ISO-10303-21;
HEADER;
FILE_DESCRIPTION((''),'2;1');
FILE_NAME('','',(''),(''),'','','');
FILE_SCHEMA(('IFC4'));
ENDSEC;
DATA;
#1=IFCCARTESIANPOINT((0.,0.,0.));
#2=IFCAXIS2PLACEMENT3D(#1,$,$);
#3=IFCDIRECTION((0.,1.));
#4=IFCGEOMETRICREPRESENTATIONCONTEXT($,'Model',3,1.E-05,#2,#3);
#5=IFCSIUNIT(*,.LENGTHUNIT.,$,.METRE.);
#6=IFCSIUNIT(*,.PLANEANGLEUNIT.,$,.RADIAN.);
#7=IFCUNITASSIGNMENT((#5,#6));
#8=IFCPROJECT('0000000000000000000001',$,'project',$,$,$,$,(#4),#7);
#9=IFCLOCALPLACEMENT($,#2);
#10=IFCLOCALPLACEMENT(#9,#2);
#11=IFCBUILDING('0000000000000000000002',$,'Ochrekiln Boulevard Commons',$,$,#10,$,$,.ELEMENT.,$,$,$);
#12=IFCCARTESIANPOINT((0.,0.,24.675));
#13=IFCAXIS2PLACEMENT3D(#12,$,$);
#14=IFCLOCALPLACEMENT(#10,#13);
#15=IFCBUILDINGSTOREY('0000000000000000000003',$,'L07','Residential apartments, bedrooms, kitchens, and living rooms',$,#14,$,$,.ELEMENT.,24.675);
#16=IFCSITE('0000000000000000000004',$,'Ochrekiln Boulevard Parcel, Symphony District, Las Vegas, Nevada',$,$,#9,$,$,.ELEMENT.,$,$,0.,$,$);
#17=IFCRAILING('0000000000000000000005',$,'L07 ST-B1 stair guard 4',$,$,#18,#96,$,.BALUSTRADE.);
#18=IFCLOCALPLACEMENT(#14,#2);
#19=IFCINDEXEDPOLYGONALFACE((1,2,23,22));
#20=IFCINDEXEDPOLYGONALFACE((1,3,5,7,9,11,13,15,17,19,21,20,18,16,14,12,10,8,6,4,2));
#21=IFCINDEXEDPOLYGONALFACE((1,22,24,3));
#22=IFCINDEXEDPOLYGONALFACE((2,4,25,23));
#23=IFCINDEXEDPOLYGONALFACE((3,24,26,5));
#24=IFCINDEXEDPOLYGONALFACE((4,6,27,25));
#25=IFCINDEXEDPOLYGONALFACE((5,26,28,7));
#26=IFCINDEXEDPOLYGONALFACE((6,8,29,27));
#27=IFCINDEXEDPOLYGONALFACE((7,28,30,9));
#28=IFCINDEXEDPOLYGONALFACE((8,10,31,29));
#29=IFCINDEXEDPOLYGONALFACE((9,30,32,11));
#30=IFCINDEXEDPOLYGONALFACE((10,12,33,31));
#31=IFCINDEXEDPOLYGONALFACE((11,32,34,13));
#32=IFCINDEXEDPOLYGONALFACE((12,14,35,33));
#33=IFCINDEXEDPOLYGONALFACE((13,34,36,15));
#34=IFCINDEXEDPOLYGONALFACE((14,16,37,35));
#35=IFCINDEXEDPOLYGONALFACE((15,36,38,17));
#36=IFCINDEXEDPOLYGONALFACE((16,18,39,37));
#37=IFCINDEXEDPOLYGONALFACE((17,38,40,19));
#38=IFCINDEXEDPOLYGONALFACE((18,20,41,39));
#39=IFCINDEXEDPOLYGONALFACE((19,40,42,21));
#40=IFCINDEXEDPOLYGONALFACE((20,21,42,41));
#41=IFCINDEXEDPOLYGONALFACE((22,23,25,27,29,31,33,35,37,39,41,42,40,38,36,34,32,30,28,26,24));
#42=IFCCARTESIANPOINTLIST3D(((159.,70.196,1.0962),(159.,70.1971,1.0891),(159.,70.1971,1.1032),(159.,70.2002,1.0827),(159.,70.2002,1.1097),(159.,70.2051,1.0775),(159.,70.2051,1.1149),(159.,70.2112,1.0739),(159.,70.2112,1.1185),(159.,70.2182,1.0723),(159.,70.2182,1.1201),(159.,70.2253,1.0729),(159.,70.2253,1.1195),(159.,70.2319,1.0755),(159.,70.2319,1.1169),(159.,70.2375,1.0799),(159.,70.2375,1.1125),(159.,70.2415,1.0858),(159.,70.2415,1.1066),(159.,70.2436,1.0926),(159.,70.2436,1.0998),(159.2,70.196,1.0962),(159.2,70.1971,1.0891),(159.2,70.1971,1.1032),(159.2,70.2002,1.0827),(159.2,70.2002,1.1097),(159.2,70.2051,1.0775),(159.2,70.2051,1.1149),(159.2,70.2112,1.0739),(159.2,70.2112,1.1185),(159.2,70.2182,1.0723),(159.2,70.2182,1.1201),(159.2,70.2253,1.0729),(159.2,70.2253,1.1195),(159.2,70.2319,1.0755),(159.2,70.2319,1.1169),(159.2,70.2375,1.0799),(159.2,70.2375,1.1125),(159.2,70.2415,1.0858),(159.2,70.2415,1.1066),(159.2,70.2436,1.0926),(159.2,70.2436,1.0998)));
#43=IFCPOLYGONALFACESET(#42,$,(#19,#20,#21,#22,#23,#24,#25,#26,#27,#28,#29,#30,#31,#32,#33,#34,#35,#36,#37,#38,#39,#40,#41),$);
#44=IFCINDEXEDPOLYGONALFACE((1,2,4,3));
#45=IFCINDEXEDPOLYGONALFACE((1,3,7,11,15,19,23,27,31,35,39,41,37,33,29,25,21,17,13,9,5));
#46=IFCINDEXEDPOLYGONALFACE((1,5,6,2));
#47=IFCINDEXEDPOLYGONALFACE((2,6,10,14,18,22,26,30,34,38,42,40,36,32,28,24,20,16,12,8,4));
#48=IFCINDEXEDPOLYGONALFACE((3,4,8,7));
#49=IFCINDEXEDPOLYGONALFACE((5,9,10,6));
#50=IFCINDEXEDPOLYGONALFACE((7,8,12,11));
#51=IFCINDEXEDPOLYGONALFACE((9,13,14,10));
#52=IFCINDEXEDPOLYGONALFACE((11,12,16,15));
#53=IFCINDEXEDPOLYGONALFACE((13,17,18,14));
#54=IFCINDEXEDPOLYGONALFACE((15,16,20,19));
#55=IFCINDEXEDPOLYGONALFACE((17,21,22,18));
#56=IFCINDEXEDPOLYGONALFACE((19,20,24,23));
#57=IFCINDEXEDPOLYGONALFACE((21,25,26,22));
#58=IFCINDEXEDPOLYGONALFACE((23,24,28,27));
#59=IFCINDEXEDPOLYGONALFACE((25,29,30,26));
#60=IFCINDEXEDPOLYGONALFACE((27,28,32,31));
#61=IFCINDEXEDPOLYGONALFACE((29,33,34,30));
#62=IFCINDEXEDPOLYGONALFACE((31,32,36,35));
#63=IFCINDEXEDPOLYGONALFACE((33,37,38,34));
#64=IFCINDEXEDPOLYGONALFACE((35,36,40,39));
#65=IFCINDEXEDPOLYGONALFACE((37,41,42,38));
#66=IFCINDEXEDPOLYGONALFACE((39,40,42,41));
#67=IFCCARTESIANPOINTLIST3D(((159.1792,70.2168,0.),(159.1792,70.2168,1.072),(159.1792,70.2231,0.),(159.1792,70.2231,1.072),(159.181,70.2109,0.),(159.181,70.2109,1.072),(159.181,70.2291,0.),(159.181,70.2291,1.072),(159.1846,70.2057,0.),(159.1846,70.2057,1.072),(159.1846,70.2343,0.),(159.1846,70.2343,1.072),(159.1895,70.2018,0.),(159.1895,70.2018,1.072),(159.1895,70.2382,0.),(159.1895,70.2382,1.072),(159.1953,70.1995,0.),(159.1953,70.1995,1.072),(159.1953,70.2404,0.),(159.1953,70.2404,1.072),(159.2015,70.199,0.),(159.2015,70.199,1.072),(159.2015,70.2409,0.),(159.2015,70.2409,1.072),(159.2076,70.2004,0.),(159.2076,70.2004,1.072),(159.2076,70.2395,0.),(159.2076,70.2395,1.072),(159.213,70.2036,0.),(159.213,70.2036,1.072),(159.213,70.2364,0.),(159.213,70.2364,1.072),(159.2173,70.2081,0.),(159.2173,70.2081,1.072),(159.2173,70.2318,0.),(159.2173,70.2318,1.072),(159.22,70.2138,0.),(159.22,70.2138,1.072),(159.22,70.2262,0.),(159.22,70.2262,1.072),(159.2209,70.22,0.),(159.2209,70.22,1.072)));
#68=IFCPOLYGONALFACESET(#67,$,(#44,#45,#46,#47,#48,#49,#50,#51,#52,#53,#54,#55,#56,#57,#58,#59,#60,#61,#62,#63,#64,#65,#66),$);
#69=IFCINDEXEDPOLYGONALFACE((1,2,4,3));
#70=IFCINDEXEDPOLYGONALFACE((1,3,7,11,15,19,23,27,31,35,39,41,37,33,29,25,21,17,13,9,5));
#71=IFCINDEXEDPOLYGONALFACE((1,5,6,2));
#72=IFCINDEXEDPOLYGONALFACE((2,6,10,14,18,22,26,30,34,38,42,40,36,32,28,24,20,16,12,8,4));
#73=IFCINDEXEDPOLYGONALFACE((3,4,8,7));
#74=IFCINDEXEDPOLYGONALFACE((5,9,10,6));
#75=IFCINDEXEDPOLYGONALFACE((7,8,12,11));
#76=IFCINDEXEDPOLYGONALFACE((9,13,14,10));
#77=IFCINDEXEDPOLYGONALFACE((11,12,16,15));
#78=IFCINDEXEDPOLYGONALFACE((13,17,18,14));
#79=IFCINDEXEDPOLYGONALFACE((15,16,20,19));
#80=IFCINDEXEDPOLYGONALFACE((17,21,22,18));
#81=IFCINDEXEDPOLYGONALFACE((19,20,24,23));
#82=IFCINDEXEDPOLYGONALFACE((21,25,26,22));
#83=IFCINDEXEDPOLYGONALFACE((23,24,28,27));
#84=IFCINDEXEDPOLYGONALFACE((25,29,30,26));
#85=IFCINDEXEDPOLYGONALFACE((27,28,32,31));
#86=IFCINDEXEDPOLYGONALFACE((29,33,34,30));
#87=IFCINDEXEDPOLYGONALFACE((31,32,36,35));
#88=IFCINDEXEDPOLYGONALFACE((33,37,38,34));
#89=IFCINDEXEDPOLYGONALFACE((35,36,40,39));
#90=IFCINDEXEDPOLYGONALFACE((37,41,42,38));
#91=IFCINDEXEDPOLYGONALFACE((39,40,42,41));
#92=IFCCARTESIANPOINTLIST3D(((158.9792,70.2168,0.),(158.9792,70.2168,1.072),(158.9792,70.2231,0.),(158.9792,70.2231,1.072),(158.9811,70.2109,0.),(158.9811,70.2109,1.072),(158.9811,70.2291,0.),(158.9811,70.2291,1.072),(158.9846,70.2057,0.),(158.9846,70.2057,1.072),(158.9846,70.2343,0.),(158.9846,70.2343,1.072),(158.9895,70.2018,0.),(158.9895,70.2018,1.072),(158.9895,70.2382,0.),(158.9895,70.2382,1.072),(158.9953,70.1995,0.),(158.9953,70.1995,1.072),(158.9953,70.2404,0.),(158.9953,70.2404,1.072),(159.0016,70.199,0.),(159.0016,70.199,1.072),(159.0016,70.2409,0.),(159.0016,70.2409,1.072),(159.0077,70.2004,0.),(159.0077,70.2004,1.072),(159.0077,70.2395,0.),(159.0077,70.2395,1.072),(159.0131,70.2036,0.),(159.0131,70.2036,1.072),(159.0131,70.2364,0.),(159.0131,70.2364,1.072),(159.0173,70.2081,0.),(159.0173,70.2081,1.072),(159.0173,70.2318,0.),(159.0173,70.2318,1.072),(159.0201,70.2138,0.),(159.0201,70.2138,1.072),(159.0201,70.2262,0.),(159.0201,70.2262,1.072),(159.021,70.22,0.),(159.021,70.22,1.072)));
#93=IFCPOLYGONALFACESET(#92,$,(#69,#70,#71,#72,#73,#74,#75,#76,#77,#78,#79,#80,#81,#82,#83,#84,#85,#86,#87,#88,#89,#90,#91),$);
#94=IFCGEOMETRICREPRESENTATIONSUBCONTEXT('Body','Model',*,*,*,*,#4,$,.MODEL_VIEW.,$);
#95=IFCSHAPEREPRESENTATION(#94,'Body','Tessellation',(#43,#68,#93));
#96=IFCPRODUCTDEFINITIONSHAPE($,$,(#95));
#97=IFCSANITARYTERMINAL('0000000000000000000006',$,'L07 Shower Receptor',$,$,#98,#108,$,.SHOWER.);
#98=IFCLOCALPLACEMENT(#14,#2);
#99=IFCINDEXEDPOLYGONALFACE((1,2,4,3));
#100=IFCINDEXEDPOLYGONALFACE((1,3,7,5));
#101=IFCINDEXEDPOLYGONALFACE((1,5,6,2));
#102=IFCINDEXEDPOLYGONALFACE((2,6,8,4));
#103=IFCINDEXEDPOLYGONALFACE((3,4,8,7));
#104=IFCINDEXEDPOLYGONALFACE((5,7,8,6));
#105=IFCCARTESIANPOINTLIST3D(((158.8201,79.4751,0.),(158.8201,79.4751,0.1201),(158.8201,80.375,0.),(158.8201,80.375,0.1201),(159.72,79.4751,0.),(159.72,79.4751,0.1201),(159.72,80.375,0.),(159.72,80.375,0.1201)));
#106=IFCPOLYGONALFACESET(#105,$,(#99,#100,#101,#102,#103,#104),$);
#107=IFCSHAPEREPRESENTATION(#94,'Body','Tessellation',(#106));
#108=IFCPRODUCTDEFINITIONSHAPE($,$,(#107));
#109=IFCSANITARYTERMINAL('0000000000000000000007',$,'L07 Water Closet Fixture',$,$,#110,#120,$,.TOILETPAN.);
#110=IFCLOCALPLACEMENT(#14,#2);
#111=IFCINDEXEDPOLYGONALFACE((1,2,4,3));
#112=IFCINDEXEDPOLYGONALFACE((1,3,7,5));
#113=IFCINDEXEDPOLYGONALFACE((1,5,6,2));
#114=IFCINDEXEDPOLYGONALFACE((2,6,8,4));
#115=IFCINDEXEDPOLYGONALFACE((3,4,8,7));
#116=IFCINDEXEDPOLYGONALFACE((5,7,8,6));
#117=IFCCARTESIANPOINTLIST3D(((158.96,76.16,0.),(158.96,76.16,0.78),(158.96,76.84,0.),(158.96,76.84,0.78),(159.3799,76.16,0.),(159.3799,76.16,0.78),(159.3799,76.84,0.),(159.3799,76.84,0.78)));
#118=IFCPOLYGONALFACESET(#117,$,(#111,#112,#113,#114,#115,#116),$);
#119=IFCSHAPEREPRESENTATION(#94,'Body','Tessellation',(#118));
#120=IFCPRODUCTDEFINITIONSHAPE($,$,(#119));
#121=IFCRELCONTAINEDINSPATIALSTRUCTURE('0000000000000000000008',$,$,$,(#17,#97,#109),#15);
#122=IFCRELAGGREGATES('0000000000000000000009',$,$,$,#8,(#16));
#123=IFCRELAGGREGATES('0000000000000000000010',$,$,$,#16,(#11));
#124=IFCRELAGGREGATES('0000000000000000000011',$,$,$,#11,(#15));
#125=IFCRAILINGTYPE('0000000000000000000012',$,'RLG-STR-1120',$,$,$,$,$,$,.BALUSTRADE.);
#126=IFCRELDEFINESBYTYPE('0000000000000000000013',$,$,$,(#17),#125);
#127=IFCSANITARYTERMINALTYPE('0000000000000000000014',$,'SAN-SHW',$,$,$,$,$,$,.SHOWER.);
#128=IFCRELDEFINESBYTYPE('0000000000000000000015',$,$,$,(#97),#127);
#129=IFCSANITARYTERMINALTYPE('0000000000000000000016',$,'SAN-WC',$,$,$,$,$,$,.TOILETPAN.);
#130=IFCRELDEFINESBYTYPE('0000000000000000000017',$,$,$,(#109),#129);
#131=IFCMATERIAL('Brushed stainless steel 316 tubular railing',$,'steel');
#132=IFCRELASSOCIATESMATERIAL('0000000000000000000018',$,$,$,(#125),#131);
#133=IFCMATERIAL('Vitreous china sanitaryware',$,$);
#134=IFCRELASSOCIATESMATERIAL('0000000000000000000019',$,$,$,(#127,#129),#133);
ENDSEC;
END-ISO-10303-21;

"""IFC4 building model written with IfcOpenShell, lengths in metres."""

from ifc_helpers import new_model, si_unit, direction, frame, origin, origin_2d, place, context, subcontext, project, spatial, rectangle, circle, extrude, material, type_object, element, save


model = new_model("IFC4")

# Units and contexts
model_context = context("Model", 3, precision=1e-05, world=origin(), true_north=direction((0.0, 1.0)))
body_context = subcontext(model_context, "Body", "Model", "MODEL_VIEW")
ifc_project = project(units=[si_unit("LENGTHUNIT", "METRE"), si_unit("PLANEANGLEUNIT", "RADIAN")], contexts=[model_context])

# Site, building, storey
site_placement = place(None, origin())
site = spatial("IfcSite", under=ifc_project, at=site_placement, Name="Ochrekiln Boulevard Parcel, Symphony District, Las Vegas, Nevada", CompositionType="ELEMENT", RefElevation=0.0)
building_placement = place(site_placement, origin())
building = spatial("IfcBuilding", under=site, at=building_placement, Name="Ochrekiln Boulevard Commons", CompositionType="ELEMENT")
storey_placement = place(building_placement, frame((0.0, 0.0, 24.675)))
storey = spatial("IfcBuildingStorey", under=building, at=storey_placement, Name="L07", Description="Residential apartments, bedrooms, kitchens, and living rooms", CompositionType="ELEMENT", Elevation=24.675)

# Railing
ifc_material_1 = material(Name="Brushed stainless steel 316 tubular railing", Category="steel")
railing_type_1 = type_object("IfcRailingType", Name="RLG-STR-1120", PredefinedType="BALUSTRADE", material=ifc_material_1)
railing_1_placement = place(storey_placement, frame((159.2, 70.22, 0.0)))
element("IfcRailing", 1, at=railing_1_placement, inside=storey, type_object=railing_type_1, Name="L07 ST-B1 stair guard 4", PredefinedType="BALUSTRADE", context=body_context, shape_type="SweptSolid", body=[
    extrude(circle(Radius=0.0239, at=origin_2d()), frame((0.0, 0.0, 1.0962), z_axis=(-1.0, 0.0, 0.0), x_axis=(0.0, -1.0, 0.0)), (0.0, 0.0, 1.0), 0.2),
    extrude(circle(Radius=0.021, at=origin_2d()), origin(), (0.0, 0.0, 1.0), 1.072),
    extrude(circle(Radius=0.021, at=origin_2d()), frame((-0.2, 0.0, 0.0)), (0.0, 0.0, 1.0), 1.072),
])

# Sanitary terminals
ifc_material_2 = material(Name="Vitreous china sanitaryware")
sanitary_terminal_type_1 = type_object("IfcSanitaryTerminalType", Name="SAN-SHW", PredefinedType="SHOWER", material=ifc_material_2)
sanitary_terminal_1_placement = place(storey_placement, frame((159.27, 79.925, 0.0), z_axis=(0.0, 0.0, 1.0), x_axis=(1.0, 0.0, 0.0)))
element("IfcSanitaryTerminal", 2, at=sanitary_terminal_1_placement, inside=storey, type_object=sanitary_terminal_type_1, Name="L07 Shower Receptor", PredefinedType="SHOWER", context=body_context, shape_type="SweptSolid", body=[
    extrude(rectangle(XDim=0.8999, YDim=0.8999, at=origin_2d()), origin(), (0.0, 0.0, 1.0), 0.1201),
])
sanitary_terminal_type_2 = type_object("IfcSanitaryTerminalType", Name="SAN-WC", PredefinedType="TOILETPAN", material=ifc_material_2)
sanitary_terminal_2_placement = place(storey_placement, frame((159.1699, 76.5, 0.0), z_axis=(0.0, 0.0, 1.0), x_axis=(1.0, 0.0, 0.0)))
element("IfcSanitaryTerminal", 3, at=sanitary_terminal_2_placement, inside=storey, type_object=sanitary_terminal_type_2, Name="L07 Water Closet Fixture", PredefinedType="TOILETPAN", context=body_context, shape_type="SweptSolid", body=[
    extrude(rectangle(XDim=0.4199, YDim=0.6799, at=origin_2d()), origin(), (0.0, 0.0, 1.0), 0.78),
])

save(model, "model.ifc")
